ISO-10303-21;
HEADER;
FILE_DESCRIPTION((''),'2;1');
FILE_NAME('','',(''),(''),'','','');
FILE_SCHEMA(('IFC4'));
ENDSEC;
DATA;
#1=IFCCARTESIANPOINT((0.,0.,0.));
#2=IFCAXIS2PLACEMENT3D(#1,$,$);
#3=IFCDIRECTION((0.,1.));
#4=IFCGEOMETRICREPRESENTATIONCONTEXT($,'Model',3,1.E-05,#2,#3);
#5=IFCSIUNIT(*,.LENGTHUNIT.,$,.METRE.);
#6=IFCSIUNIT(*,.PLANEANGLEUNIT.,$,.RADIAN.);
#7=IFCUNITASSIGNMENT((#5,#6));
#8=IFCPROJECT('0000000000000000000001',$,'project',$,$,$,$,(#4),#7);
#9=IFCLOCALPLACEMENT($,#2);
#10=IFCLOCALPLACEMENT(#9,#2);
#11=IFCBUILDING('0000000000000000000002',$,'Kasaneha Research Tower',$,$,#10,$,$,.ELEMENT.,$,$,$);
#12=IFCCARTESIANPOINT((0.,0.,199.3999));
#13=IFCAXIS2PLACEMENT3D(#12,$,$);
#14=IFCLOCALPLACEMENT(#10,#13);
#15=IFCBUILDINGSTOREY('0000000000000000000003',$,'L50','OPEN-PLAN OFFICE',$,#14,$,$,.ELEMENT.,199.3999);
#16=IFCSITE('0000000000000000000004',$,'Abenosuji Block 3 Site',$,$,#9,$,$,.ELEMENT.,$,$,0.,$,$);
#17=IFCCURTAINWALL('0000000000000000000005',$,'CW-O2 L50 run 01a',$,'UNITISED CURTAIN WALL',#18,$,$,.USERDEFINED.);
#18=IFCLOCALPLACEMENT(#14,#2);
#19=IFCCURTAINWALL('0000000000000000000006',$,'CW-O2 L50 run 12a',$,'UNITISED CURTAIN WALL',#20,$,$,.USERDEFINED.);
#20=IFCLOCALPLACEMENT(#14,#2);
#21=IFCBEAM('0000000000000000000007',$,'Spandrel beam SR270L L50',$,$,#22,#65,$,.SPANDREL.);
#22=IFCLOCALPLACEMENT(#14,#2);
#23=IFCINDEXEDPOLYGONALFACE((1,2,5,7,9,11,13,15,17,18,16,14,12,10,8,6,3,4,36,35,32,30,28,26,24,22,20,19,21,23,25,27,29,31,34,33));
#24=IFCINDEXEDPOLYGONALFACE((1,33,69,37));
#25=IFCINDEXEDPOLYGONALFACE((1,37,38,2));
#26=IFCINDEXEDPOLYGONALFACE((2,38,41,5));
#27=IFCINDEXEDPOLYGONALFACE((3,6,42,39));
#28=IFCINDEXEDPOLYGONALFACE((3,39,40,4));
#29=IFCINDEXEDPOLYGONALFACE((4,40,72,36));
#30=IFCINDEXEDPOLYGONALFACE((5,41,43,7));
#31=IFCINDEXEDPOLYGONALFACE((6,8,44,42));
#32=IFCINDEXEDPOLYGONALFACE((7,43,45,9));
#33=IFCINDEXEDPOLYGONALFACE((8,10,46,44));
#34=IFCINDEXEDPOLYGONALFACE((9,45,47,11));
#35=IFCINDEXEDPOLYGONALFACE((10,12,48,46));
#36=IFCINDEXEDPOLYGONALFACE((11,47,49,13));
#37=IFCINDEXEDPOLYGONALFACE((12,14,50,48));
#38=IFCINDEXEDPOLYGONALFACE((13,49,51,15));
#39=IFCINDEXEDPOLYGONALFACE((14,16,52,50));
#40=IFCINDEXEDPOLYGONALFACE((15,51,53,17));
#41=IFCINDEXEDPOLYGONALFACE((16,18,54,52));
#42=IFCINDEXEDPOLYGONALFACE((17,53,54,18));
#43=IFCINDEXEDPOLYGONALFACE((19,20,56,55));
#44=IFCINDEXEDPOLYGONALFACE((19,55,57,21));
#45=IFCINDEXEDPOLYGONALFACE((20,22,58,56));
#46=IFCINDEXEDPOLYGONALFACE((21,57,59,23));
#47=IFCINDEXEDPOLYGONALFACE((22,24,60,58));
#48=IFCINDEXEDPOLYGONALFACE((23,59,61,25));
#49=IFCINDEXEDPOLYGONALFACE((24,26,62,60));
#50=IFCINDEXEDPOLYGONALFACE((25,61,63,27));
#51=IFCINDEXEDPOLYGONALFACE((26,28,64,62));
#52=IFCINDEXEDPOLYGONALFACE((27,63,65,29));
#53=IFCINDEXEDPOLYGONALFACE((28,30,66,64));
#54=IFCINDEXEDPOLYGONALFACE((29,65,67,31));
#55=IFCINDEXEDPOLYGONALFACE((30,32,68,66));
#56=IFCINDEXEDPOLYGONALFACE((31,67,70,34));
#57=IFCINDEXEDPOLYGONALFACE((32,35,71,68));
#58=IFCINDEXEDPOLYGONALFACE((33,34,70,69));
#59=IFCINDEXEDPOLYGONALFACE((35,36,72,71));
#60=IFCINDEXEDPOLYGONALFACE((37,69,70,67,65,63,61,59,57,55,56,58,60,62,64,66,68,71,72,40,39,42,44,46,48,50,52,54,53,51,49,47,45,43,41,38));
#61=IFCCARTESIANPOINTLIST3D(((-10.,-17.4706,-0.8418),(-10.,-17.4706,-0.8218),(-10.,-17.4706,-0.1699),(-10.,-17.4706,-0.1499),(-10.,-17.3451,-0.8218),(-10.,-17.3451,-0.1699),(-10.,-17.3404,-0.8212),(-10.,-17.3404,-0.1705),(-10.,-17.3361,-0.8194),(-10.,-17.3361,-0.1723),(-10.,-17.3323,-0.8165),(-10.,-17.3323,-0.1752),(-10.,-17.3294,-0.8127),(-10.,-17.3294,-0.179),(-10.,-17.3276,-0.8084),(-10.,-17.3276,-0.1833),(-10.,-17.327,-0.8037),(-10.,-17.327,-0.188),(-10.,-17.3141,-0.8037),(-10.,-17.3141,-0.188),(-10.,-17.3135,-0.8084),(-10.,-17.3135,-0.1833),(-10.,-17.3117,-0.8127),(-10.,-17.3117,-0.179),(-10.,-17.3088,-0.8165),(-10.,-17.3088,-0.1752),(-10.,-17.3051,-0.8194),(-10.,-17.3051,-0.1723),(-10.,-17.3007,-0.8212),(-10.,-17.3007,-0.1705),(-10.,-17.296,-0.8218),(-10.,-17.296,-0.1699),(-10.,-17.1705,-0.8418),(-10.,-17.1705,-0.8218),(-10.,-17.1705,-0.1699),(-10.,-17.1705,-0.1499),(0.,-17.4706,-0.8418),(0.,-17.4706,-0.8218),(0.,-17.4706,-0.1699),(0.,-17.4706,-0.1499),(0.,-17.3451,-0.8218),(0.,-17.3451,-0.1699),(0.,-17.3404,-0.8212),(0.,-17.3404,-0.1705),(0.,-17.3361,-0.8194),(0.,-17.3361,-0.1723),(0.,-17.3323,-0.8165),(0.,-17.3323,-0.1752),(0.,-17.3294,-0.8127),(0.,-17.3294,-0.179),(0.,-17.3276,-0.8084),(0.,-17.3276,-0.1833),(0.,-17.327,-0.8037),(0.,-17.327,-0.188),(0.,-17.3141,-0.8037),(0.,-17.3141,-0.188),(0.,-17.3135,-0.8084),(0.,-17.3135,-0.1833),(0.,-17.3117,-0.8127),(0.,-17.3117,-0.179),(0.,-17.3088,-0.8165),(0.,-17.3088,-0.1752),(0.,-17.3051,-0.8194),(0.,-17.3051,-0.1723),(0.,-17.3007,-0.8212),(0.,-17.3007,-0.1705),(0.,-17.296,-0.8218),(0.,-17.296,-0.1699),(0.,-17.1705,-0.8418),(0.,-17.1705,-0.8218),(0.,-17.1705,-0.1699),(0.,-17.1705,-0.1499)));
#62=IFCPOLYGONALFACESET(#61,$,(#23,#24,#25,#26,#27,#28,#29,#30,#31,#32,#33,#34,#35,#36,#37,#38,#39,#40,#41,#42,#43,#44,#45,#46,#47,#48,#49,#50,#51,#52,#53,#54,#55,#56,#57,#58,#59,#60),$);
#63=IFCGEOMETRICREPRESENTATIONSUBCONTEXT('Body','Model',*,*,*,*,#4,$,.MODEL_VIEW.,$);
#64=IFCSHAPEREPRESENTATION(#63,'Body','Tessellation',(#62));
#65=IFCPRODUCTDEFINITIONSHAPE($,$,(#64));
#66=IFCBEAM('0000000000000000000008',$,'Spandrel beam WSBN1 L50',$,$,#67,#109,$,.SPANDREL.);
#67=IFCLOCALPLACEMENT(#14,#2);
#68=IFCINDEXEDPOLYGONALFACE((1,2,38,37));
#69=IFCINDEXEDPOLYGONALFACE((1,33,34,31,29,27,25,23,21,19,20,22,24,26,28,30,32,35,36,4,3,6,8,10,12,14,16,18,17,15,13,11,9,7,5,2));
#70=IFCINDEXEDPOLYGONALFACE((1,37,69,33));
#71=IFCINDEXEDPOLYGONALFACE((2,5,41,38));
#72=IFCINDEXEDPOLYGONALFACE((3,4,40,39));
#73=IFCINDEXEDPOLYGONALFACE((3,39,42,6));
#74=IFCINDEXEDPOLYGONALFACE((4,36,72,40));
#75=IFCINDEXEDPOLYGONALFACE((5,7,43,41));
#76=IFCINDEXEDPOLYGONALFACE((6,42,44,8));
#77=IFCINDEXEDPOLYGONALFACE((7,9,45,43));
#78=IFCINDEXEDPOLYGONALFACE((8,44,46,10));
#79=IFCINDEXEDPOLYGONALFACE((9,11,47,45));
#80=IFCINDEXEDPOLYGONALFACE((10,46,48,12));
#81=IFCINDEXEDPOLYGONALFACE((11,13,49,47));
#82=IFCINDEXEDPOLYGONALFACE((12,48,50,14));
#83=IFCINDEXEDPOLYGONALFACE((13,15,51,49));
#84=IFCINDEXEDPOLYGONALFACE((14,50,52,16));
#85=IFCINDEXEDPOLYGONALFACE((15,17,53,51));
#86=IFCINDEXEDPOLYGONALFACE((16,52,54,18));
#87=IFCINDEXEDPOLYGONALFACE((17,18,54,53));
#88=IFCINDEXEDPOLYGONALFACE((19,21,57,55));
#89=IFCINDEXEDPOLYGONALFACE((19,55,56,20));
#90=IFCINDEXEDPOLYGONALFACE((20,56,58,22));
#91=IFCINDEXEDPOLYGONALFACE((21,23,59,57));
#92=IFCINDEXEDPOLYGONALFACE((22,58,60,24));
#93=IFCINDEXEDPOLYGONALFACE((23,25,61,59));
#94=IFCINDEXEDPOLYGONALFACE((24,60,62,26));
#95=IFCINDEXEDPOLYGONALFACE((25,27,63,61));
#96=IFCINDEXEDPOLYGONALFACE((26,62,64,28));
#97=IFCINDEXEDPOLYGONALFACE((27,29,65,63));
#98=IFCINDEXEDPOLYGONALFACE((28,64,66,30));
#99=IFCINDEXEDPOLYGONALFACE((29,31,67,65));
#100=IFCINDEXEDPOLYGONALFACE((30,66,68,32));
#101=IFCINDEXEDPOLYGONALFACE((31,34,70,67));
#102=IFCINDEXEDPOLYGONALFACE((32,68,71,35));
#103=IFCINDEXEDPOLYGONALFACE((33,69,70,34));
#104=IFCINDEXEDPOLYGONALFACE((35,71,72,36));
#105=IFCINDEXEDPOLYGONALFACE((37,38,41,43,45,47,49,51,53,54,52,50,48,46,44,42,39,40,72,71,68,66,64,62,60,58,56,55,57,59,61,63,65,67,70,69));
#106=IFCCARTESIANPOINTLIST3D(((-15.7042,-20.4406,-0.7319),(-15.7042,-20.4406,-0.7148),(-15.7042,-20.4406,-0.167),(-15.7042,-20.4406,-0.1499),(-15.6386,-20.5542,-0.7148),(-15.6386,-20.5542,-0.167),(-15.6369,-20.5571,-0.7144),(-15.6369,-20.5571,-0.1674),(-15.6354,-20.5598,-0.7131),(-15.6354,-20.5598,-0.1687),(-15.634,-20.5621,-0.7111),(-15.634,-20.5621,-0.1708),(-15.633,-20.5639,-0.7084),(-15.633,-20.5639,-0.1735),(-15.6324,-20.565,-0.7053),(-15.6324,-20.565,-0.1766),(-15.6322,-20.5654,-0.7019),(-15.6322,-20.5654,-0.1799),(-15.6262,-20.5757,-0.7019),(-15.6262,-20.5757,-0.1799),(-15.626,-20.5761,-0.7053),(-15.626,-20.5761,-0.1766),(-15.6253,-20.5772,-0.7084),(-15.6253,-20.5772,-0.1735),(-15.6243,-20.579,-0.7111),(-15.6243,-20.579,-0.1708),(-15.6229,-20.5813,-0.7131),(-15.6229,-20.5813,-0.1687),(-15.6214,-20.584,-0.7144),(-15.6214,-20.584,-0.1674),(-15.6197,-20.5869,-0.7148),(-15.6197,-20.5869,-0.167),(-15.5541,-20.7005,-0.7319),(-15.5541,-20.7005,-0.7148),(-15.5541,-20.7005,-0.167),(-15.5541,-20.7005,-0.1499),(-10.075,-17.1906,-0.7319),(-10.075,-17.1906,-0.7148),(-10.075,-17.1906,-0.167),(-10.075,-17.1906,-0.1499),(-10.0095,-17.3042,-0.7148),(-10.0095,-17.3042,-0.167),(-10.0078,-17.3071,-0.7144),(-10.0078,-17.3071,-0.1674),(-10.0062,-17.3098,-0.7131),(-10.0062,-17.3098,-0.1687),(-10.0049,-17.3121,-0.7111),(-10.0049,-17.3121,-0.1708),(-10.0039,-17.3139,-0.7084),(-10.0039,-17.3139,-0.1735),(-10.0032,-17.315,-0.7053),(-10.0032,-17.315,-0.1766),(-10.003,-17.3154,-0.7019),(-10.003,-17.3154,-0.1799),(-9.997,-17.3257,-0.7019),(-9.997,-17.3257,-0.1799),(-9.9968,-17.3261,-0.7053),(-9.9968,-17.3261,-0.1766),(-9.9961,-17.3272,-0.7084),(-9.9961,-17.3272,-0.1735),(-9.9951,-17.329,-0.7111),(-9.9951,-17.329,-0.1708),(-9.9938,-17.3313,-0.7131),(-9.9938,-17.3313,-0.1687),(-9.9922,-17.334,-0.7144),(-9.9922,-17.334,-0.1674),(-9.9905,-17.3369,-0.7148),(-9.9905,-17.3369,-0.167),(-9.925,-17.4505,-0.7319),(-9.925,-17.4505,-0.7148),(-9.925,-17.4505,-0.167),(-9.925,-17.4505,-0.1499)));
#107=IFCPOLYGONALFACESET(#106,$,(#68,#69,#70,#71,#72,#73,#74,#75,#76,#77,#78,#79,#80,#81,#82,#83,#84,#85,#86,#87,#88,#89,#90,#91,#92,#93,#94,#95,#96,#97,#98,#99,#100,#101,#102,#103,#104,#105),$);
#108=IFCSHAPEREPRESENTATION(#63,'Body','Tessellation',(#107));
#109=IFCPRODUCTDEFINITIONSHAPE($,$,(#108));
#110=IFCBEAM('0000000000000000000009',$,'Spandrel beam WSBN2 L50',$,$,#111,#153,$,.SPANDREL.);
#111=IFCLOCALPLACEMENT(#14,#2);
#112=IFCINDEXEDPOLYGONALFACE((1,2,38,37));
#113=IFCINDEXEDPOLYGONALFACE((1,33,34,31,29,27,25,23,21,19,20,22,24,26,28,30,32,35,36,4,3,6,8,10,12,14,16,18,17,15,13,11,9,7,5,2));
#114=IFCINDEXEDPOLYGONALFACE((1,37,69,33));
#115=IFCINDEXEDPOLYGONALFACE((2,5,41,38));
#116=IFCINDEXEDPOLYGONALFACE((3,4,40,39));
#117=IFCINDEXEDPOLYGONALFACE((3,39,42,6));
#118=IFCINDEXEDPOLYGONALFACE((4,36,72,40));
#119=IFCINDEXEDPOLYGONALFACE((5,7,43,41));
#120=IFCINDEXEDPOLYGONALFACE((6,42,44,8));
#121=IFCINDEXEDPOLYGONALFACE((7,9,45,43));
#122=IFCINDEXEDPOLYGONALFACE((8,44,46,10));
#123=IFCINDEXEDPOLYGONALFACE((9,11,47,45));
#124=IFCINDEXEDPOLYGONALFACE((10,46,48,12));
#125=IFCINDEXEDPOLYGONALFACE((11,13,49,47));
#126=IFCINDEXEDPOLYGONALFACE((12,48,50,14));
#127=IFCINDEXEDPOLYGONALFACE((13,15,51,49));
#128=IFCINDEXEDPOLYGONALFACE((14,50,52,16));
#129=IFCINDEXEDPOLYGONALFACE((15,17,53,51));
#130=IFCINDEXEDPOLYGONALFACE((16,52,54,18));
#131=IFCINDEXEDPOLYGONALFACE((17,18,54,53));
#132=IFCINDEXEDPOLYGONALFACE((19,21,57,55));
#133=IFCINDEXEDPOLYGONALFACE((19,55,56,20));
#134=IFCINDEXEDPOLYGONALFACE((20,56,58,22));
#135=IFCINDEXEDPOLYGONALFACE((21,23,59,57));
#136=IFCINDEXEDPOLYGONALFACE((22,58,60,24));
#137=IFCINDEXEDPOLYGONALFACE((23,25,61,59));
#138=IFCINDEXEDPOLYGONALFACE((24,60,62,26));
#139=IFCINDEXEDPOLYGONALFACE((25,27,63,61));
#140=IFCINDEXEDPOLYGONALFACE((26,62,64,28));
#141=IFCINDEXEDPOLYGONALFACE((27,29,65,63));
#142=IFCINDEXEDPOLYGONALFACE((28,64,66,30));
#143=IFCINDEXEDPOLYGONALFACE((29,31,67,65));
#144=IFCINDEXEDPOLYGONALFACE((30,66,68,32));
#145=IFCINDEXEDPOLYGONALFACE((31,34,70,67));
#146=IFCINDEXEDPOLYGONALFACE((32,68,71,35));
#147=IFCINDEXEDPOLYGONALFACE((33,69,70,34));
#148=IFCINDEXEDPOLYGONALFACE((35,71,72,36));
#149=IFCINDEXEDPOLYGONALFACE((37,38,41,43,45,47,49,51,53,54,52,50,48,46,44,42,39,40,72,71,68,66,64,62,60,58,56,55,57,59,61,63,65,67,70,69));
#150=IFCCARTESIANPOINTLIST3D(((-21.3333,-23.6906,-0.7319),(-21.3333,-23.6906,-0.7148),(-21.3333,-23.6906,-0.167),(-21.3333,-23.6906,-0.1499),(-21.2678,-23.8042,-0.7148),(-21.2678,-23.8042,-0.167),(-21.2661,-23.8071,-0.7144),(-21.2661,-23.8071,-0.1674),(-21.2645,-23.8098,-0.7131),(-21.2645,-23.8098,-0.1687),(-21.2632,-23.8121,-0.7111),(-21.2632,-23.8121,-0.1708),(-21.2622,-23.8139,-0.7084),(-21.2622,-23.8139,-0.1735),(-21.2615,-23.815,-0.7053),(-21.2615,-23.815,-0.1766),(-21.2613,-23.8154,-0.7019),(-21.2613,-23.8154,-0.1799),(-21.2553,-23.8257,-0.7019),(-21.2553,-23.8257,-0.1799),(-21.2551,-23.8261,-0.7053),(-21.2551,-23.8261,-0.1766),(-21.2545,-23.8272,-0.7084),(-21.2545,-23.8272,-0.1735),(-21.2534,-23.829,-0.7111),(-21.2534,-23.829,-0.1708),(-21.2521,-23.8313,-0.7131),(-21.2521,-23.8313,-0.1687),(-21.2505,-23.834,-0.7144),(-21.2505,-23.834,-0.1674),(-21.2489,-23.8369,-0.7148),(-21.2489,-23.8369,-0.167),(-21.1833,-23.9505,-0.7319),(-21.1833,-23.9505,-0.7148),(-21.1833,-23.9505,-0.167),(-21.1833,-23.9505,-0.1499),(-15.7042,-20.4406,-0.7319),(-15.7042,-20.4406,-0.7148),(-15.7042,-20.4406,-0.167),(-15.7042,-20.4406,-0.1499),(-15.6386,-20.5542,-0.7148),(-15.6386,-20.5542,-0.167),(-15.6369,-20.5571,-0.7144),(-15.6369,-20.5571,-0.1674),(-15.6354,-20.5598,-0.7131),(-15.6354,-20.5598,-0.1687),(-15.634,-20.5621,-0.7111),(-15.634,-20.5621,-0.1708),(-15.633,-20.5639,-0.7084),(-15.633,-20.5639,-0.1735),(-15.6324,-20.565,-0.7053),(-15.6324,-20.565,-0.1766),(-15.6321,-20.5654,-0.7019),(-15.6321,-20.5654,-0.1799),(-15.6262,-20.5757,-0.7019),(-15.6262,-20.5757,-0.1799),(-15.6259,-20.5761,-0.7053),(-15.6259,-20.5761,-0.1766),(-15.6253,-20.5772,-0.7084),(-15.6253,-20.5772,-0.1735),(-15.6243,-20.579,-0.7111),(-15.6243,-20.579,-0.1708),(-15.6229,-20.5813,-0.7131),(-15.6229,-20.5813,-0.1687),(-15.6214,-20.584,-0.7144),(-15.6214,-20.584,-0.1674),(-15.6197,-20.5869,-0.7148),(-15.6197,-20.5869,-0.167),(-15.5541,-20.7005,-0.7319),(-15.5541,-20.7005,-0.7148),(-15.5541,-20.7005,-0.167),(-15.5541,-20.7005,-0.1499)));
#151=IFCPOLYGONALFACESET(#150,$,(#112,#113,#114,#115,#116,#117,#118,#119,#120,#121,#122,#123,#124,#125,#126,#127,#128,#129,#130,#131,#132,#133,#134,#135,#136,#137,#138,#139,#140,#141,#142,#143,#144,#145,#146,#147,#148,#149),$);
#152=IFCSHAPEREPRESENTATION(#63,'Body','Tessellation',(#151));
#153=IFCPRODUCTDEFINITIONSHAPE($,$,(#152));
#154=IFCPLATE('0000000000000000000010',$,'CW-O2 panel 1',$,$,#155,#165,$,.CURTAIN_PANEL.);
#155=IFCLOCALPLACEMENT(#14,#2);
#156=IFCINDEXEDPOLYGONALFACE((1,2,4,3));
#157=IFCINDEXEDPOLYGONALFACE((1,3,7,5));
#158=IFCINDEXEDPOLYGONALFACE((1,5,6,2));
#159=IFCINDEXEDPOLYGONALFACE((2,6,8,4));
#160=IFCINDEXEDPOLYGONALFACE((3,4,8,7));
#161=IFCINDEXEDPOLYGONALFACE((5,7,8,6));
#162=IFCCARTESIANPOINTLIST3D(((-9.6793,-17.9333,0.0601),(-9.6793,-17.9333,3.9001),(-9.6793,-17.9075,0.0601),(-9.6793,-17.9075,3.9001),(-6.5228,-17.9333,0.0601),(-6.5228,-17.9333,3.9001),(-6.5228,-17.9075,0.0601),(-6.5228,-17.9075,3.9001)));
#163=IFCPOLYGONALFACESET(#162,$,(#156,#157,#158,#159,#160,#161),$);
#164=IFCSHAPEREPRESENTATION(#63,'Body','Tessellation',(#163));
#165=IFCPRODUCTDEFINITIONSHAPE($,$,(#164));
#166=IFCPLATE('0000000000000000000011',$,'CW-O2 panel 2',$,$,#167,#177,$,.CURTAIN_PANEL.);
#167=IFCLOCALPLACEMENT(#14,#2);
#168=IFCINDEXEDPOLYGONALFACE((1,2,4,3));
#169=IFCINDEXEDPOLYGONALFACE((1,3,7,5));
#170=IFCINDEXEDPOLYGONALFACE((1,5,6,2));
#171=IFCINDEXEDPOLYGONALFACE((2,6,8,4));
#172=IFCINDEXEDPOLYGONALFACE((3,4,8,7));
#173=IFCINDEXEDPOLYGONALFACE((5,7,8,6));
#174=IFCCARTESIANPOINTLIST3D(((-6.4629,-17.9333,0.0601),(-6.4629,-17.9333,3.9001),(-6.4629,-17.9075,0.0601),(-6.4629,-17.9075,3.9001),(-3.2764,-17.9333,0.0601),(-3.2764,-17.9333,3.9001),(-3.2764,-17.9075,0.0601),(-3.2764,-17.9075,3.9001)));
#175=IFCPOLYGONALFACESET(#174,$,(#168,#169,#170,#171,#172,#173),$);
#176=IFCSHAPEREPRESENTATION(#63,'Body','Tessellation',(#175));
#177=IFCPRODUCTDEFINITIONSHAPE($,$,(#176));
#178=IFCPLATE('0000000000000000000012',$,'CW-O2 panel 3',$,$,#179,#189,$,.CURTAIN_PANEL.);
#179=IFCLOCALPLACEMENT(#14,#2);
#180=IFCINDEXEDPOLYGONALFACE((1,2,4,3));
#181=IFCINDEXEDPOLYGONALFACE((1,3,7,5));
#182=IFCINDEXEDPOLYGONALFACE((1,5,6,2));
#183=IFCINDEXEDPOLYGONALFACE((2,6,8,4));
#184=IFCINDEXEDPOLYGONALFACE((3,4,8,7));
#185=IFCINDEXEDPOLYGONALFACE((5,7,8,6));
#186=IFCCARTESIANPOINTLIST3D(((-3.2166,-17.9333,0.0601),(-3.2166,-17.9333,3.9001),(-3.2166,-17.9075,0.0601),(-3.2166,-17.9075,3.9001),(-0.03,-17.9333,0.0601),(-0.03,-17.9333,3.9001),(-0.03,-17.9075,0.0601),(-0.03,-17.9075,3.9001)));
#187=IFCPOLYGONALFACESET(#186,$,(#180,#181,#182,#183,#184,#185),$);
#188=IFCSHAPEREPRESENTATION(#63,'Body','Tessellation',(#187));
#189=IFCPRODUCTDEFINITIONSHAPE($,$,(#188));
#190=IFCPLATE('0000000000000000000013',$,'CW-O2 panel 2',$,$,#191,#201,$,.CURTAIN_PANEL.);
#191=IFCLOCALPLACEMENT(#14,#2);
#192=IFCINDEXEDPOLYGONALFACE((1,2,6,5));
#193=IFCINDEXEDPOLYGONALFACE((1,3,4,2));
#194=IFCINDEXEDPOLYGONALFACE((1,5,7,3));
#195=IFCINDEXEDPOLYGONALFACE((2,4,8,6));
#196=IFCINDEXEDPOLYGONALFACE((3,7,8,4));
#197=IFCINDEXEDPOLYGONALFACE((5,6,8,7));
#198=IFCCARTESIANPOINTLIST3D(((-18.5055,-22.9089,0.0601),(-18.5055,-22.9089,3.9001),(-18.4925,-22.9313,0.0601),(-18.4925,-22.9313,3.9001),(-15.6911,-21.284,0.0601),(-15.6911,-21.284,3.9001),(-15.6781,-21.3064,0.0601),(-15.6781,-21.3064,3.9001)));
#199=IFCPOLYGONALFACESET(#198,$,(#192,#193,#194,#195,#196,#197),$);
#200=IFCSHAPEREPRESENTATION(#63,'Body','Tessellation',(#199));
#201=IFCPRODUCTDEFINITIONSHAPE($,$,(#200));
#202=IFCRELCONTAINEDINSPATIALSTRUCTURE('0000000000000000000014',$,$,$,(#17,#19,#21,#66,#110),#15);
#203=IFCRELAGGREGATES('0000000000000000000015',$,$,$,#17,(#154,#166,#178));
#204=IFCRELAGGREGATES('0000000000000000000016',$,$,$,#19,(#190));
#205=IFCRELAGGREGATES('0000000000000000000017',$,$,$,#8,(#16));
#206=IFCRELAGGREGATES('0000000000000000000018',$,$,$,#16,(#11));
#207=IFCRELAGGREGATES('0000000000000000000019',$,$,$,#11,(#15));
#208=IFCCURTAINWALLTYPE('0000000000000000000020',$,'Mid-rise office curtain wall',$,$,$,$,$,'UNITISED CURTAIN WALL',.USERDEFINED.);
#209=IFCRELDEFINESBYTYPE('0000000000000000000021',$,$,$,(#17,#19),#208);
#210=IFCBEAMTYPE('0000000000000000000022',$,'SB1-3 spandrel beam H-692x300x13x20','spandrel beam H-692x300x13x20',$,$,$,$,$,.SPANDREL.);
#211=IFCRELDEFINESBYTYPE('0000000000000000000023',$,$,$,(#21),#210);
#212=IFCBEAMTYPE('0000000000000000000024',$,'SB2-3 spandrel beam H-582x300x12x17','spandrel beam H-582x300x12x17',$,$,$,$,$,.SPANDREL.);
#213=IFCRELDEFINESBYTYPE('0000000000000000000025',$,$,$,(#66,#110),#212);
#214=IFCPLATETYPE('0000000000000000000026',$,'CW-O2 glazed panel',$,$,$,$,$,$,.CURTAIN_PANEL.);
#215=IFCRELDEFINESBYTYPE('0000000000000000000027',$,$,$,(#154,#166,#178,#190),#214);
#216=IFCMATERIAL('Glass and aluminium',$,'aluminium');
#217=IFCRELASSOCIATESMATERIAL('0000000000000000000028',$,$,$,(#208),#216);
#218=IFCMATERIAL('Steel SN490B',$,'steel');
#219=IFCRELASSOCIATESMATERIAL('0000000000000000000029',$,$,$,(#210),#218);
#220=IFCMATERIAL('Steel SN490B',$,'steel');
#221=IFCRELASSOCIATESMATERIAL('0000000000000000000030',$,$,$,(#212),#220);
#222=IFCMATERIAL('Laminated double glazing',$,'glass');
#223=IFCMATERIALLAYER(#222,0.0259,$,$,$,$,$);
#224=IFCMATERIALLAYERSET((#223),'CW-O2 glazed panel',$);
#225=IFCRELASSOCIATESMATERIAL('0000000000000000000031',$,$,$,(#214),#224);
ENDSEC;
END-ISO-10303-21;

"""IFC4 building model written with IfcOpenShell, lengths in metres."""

from ifc_helpers import new_model, si_unit, direction, frame, origin, origin_2d, place, context, subcontext, project, spatial, rectangle, i_section, extrude, material, layer, layer_set, material_profile, profile_set, type_object, element, aggregate, save


model = new_model("IFC4")

# Units and contexts
model_context = context("Model", 3, precision=1e-05, world=origin(), true_north=direction((0.0, 1.0)))
body_context = subcontext(model_context, "Body", "Model", "MODEL_VIEW")
ifc_project = project(units=[si_unit("LENGTHUNIT", "METRE"), si_unit("PLANEANGLEUNIT", "RADIAN")], contexts=[model_context])

# Site, building, storey
site_placement = place(None, origin())
site = spatial("IfcSite", under=ifc_project, at=site_placement, Name="Abenosuji Block 3 Site", CompositionType="ELEMENT", RefElevation=0.0)
building_placement = place(site_placement, origin())
building = spatial("IfcBuilding", under=site, at=building_placement, Name="Kasaneha Research Tower", CompositionType="ELEMENT")
storey_placement = place(building_placement, frame((0.0, 0.0, 199.3999)))
storey = spatial("IfcBuildingStorey", under=building, at=storey_placement, Name="L50", Description="OPEN-PLAN OFFICE", CompositionType="ELEMENT", Elevation=199.3999)

# Curtain walls
ifc_material_1 = material(Name="Glass and aluminium", Category="aluminium")
curtain_wall_type = type_object("IfcCurtainWallType", Name="Mid-rise office curtain wall", ElementType="UNITISED CURTAIN WALL", PredefinedType="USERDEFINED", material=ifc_material_1)
curtain_wall_1_placement = place(storey_placement, origin())
curtain_wall_1 = element("IfcCurtainWall", 1, at=curtain_wall_1_placement, inside=storey, type_object=curtain_wall_type, Name="CW-O2 L50 run 01a", ObjectType="UNITISED CURTAIN WALL", PredefinedType="USERDEFINED")
curtain_wall_2_placement = place(storey_placement, origin())
curtain_wall_2 = element("IfcCurtainWall", 2, at=curtain_wall_2_placement, inside=storey, type_object=curtain_wall_type, Name="CW-O2 L50 run 12a", ObjectType="UNITISED CURTAIN WALL", PredefinedType="USERDEFINED")

# Beams
ifc_material_2 = material(Name="Steel SN490B", Category="steel")
ifc_material_profile_1 = material_profile(ifc_material_2, i_section(OverallWidth=0.3, OverallDepth=0.6919, WebThickness=0.0129, FlangeThickness=0.02, FilletRadius=0.0181, at=origin_2d()), Name="H-692x300x13x20")
ifc_profile_set_1 = profile_set([ifc_material_profile_1], Name="Steel SN490B")
beam_type_1 = type_object("IfcBeamType", Name="SB1-3 spandrel beam H-692x300x13x20", Description="spandrel beam H-692x300x13x20", PredefinedType="SPANDREL", material=ifc_profile_set_1)
beam_1_placement = place(storey_placement, frame((-10.0, -17.3206, -0.4958), z_axis=(1.0, 0.0, 0.0), x_axis=(0.0, 1.0, 0.0)))
element("IfcBeam", 3, at=beam_1_placement, inside=storey, type_object=beam_type_1, Name="Spandrel beam SR270L L50", PredefinedType="SPANDREL", context=body_context, shape_type="SweptSolid", body=[
    extrude(i_section(OverallWidth=0.3, OverallDepth=0.6919, WebThickness=0.0129, FlangeThickness=0.02, FilletRadius=0.0181, at=origin_2d()), origin(), (0.0, 0.0, 1.0), 10.0),
])
ifc_material_3 = material(Name="Steel SN490B", Category="steel")
ifc_material_profile_2 = material_profile(ifc_material_3, i_section(OverallWidth=0.3, OverallDepth=0.582, WebThickness=0.012, FlangeThickness=0.0171, FilletRadius=0.0129, at=origin_2d()), Name="H-582x300x12x17")
ifc_profile_set_2 = profile_set([ifc_material_profile_2], Name="Steel SN490B")
beam_type_2 = type_object("IfcBeamType", Name="SB2-3 spandrel beam H-582x300x12x17", Description="spandrel beam H-582x300x12x17", PredefinedType="SPANDREL", material=ifc_profile_set_2)
for number, where, z_axis, x_axis, name in (
    (4, (-10.0, -17.3206, -0.4409), (-0.866025, -0.500001, 0.0), (0.500001, -0.866025, 0.0), "Spandrel beam WSBN1 L50"),
    (5, (-15.6292, -20.5706, -0.4409), (-0.866025, -0.500001, 0.0), (0.500001, -0.866025, 0.0), "Spandrel beam WSBN2 L50"),
):
    element("IfcBeam", number, at=place(storey_placement, frame(where, z_axis=z_axis, x_axis=x_axis)), inside=storey, type_object=beam_type_2, Name=name, PredefinedType="SPANDREL", context=body_context, shape_type="SweptSolid", body=[
        extrude(i_section(OverallWidth=0.3, OverallDepth=0.582, WebThickness=0.012, FlangeThickness=0.0171, FilletRadius=0.0129, at=origin_2d()), origin(), (0.0, 0.0, 1.0), 6.5),
    ])

# Plates
ifc_material_4 = material(Name="Laminated double glazing", Category="glass")
ifc_layer_1 = layer(ifc_material_4, 0.0259)
ifc_layer_set_1 = layer_set([ifc_layer_1], Name="CW-O2 glazed panel")
plate_type = type_object("IfcPlateType", Name="CW-O2 glazed panel", PredefinedType="CURTAIN_PANEL", material=ifc_layer_set_1)
plate_1_placement = place(storey_placement, frame((-8.1011, -17.9204, 0.0601), z_axis=(0.0, 0.0, 1.0), x_axis=(1.0, 0.0, 0.0)))
plate_1 = element("IfcPlate", 6, at=plate_1_placement, type_object=plate_type, Name="CW-O2 panel 1", PredefinedType="CURTAIN_PANEL", context=body_context, shape_type="SweptSolid", body=[
    extrude(rectangle(XDim=3.1565, YDim=0.0259, at=origin_2d()), origin(), (0.0, 0.0, 1.0), 3.8401),
])
plate_2_placement = place(storey_placement, frame((-4.8696, -17.9204, 0.0601), z_axis=(0.0, 0.0, 1.0), x_axis=(1.0, 0.0, 0.0)))
plate_2 = element("IfcPlate", 7, at=plate_2_placement, type_object=plate_type, Name="CW-O2 panel 2", PredefinedType="CURTAIN_PANEL", context=body_context, shape_type="SweptSolid", body=[
    extrude(rectangle(XDim=3.1865, YDim=0.0259, at=origin_2d()), origin(), (0.0, 0.0, 1.0), 3.8401),
])
plate_3_placement = place(storey_placement, frame((-1.6233, -17.9204, 0.0601), z_axis=(0.0, 0.0, 1.0), x_axis=(1.0, 0.0, 0.0)))
plate_3 = element("IfcPlate", 8, at=plate_3_placement, type_object=plate_type, Name="CW-O2 panel 3", PredefinedType="CURTAIN_PANEL", context=body_context, shape_type="SweptSolid", body=[
    extrude(rectangle(XDim=3.1865, YDim=0.0259, at=origin_2d()), origin(), (0.0, 0.0, 1.0), 3.8401),
])
aggregate(curtain_wall_1, [plate_1, plate_2, plate_3])
plate_4_placement = place(storey_placement, frame((-17.0918, -22.1077, 0.0601), z_axis=(0.0, 0.0, 1.0), x_axis=(0.866025, 0.5, 0.0)))
plate_4 = element("IfcPlate", 9, at=plate_4_placement, type_object=plate_type, Name="CW-O2 panel 2", PredefinedType="CURTAIN_PANEL", context=body_context, shape_type="SweptSolid", body=[
    extrude(rectangle(XDim=3.2498, YDim=0.0259, at=origin_2d()), origin(), (0.0, 0.0, 1.0), 3.8401),
])
aggregate(curtain_wall_2, [plate_4])

save(model, "model.ifc")
